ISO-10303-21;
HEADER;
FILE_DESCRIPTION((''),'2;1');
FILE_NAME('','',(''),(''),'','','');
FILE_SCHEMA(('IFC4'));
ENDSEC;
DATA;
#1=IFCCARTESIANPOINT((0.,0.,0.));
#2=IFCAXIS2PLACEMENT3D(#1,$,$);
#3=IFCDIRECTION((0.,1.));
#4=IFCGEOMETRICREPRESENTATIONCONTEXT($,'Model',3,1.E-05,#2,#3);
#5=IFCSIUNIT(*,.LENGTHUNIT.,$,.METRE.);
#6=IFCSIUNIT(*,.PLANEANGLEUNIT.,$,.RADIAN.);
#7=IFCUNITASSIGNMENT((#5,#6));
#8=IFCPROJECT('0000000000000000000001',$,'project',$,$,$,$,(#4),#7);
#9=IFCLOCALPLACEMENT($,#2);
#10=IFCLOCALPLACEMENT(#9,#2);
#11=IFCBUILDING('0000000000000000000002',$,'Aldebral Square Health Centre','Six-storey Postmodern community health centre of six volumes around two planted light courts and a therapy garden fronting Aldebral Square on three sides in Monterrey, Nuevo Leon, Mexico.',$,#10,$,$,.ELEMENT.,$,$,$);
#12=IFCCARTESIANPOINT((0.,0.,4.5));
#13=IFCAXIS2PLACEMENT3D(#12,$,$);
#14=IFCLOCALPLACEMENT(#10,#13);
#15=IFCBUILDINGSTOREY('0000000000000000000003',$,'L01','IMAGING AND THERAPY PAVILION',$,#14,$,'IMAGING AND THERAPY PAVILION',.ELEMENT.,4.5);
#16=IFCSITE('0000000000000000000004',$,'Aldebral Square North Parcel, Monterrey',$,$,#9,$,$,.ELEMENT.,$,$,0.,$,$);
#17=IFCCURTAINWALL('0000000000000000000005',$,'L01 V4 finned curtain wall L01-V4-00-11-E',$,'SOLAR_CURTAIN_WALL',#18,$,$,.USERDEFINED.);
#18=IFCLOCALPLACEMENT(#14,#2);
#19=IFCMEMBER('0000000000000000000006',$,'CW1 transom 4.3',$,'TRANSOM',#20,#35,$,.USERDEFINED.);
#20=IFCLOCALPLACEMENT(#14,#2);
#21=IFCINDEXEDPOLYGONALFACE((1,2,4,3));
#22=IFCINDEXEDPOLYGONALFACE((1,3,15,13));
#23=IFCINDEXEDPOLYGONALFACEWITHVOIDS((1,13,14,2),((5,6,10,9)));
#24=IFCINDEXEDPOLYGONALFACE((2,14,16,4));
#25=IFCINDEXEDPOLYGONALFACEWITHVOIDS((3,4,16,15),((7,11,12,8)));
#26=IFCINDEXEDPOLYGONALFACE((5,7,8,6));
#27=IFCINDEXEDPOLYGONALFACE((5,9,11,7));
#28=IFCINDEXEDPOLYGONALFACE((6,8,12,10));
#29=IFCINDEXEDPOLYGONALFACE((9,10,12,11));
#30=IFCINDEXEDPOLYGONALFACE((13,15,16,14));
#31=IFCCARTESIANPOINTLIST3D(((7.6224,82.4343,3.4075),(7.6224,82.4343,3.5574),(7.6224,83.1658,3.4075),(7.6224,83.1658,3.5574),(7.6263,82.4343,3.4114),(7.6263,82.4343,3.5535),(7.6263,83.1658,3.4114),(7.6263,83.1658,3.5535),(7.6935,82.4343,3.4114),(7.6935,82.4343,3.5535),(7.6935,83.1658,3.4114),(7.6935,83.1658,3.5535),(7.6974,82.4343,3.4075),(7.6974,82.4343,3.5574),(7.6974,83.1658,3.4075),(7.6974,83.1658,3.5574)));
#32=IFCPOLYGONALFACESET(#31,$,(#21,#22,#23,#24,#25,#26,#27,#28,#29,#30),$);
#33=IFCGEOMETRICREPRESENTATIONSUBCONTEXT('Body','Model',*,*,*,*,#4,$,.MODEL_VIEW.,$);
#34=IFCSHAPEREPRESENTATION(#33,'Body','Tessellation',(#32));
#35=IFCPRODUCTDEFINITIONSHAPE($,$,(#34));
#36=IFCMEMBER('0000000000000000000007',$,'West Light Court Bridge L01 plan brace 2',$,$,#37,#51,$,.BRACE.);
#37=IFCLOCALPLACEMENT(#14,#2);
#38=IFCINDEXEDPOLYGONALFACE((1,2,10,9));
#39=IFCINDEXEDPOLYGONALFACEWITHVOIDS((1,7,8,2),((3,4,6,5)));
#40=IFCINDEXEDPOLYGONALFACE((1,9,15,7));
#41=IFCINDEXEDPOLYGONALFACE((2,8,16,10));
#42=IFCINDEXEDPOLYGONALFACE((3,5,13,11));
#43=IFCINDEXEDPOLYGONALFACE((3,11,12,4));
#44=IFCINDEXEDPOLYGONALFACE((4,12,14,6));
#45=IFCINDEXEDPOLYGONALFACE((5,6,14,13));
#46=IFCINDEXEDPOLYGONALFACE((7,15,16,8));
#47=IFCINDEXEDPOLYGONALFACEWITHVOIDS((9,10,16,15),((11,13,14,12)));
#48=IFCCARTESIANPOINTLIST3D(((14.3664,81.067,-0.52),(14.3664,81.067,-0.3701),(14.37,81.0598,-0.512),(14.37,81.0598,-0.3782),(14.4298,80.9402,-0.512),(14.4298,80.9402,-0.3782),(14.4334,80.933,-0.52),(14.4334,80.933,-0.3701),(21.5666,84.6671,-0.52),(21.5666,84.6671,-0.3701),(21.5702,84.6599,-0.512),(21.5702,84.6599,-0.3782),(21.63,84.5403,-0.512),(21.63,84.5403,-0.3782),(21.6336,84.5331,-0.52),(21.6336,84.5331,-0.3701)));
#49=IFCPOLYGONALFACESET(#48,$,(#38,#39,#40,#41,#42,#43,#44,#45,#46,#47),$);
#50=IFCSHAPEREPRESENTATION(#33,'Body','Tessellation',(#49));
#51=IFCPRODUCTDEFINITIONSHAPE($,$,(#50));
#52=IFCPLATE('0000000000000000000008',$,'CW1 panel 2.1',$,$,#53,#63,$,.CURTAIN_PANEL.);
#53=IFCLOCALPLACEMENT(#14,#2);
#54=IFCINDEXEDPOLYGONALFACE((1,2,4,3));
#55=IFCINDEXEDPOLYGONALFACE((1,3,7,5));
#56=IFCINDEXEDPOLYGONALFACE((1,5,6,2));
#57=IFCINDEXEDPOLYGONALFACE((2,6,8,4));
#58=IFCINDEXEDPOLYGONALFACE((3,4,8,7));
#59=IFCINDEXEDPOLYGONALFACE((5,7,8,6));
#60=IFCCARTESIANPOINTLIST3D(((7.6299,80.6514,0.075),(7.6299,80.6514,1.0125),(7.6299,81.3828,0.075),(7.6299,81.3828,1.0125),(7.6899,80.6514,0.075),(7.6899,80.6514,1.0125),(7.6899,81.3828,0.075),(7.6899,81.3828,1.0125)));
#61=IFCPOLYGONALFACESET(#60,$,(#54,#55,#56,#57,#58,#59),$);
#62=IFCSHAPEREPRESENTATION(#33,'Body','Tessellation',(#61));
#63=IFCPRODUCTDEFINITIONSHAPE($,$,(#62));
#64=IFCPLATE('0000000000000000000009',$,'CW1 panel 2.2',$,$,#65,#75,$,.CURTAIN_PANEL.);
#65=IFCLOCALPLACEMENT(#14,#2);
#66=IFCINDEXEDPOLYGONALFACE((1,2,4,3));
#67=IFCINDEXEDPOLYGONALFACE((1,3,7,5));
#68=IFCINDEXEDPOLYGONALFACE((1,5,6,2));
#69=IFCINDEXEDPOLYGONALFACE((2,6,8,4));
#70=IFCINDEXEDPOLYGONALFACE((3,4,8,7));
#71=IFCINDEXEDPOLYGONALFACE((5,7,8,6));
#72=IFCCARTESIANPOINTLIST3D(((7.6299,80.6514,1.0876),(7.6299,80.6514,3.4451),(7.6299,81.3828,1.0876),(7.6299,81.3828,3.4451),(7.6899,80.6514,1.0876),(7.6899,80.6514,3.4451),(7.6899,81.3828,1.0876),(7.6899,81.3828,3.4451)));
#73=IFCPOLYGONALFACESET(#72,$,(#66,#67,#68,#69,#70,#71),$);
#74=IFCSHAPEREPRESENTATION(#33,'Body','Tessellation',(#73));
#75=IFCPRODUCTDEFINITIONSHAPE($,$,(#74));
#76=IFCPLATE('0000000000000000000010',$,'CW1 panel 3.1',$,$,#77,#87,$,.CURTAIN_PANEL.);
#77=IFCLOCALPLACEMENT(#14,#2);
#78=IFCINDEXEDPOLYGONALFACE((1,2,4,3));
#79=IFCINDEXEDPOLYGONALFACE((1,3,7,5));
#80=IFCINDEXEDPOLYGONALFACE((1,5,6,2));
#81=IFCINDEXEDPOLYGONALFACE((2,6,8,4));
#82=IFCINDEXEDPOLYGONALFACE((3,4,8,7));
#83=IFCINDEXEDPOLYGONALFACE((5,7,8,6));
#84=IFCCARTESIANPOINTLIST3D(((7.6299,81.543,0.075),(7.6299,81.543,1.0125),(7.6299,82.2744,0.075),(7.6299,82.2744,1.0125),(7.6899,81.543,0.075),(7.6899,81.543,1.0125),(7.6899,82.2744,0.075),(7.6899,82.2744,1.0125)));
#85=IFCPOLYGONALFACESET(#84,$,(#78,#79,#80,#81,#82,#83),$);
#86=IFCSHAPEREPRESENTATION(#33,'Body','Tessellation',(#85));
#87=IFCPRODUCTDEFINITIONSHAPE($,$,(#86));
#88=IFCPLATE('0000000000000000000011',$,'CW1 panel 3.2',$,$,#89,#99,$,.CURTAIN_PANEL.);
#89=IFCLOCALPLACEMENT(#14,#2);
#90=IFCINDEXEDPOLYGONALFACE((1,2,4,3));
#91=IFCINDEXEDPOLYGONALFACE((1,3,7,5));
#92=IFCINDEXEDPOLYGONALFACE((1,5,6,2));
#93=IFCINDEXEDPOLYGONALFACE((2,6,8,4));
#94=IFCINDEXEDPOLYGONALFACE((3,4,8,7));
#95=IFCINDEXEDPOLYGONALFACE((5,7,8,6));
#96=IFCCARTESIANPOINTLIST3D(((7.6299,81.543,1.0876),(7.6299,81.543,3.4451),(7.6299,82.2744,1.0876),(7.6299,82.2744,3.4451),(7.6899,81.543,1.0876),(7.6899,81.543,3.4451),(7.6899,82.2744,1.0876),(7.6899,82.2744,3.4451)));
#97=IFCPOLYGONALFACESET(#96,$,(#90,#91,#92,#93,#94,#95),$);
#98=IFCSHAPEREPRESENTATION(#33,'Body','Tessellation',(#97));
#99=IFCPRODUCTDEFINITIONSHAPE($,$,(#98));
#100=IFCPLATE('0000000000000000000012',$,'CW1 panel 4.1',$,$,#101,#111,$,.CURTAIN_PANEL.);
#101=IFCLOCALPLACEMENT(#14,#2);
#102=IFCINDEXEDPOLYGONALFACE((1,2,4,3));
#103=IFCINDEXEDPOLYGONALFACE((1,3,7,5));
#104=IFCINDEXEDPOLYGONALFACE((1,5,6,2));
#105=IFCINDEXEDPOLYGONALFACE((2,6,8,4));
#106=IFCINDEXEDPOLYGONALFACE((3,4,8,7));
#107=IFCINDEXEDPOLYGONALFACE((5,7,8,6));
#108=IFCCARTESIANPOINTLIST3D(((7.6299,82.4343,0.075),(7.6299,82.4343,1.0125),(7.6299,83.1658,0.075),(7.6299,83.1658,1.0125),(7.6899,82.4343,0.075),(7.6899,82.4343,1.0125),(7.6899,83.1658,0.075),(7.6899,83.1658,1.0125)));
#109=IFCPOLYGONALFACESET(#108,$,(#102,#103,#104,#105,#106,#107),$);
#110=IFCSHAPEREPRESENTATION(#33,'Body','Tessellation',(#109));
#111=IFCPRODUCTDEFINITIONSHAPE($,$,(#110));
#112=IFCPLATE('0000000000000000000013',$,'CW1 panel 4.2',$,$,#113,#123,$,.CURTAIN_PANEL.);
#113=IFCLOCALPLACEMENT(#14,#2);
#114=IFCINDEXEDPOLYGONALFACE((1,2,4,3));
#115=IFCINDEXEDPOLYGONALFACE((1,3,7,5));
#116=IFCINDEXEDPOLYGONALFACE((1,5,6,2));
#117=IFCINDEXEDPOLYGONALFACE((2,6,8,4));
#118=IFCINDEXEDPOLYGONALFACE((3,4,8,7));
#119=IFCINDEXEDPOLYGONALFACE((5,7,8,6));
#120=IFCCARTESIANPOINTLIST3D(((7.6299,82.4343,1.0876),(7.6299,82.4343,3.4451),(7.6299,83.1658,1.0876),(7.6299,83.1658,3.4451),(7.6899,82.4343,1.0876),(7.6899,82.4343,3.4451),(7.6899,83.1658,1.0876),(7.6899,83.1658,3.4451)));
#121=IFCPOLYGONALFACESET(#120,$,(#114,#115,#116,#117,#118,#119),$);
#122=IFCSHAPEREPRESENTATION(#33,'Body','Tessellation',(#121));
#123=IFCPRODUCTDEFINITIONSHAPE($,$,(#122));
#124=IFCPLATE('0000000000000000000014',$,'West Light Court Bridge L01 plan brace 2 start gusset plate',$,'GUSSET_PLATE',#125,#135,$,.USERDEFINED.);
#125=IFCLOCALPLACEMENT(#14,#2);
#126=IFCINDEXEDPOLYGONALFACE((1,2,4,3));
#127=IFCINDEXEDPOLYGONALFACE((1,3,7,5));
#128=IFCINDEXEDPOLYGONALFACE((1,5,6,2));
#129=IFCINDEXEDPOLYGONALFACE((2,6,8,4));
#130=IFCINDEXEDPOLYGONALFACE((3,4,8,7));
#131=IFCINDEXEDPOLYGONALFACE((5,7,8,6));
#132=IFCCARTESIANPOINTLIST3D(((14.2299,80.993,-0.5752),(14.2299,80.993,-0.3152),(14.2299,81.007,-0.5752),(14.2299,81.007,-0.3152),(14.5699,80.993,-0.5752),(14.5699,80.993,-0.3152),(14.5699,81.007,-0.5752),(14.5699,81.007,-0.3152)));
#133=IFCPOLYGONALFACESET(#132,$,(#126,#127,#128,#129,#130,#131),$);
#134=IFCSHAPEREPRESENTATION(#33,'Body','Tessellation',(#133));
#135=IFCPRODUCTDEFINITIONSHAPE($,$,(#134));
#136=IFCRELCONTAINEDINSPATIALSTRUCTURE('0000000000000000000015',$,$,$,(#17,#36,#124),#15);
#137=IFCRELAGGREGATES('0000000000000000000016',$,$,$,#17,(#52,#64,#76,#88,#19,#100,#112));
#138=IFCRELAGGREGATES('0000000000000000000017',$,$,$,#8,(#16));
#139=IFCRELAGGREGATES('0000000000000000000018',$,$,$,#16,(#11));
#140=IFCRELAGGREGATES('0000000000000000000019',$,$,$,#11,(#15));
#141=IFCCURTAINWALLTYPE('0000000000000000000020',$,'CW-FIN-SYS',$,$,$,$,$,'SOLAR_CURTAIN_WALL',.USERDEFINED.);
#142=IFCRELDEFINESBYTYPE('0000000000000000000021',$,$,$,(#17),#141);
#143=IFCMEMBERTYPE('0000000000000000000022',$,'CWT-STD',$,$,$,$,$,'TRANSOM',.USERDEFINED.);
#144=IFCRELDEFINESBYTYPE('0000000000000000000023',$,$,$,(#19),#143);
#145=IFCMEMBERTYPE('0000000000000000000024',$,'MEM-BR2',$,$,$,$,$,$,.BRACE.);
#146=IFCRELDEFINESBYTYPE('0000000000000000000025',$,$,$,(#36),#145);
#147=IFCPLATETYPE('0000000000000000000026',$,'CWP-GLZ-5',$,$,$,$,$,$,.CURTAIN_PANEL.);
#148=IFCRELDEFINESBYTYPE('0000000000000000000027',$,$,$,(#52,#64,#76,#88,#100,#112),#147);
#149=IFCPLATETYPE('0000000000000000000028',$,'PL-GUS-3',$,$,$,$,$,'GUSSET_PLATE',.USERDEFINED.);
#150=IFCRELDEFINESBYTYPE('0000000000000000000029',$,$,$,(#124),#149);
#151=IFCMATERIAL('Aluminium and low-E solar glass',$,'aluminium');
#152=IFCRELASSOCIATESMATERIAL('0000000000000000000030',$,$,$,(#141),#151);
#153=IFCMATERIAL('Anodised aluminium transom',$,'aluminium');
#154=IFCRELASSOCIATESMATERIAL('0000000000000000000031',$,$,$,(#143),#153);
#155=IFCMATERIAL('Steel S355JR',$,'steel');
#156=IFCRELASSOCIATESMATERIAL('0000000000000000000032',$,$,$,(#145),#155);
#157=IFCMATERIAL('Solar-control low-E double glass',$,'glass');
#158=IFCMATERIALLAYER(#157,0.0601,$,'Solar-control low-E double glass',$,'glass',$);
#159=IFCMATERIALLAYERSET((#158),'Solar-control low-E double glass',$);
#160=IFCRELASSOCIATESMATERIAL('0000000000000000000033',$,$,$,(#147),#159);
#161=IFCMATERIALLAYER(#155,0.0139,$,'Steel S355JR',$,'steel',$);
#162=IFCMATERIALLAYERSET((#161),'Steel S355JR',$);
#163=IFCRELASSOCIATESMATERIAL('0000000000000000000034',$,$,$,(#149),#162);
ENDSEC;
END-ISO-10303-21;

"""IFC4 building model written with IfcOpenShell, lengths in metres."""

from ifc_helpers import new_model, si_unit, direction, frame, origin, origin_2d, place, context, subcontext, project, spatial, rectangle, hollow_rectangle, extrude, material, layer, layer_set, material_profile, profile_set, type_object, element, aggregate, save


model = new_model("IFC4")

# Units and contexts
model_context = context("Model", 3, precision=1e-05, world=origin(), true_north=direction((0.0, 1.0)))
body_context = subcontext(model_context, "Body", "Model", "MODEL_VIEW")
ifc_project = project(units=[si_unit("LENGTHUNIT", "METRE"), si_unit("PLANEANGLEUNIT", "RADIAN")], contexts=[model_context])

# Site, building, storey
site_placement = place(None, origin())
site = spatial("IfcSite", under=ifc_project, at=site_placement, Name="Aldebral Square North Parcel, Monterrey", CompositionType="ELEMENT", RefElevation=0.0)
building_placement = place(site_placement, origin())
building = spatial("IfcBuilding", under=site, at=building_placement, Name="Aldebral Square Health Centre", Description="Six-storey Postmodern community health centre of six volumes around two planted light courts and a therapy garden fronting Aldebral Square on three sides in Monterrey, Nuevo Leon, Mexico.", CompositionType="ELEMENT")
storey_placement = place(building_placement, frame((0.0, 0.0, 4.5)))
storey = spatial("IfcBuildingStorey", under=building, at=storey_placement, Name="L01", Description="IMAGING AND THERAPY PAVILION", LongName="IMAGING AND THERAPY PAVILION", CompositionType="ELEMENT", Elevation=4.5)

# Shared definitions
ifc_material_1 = material(Name="Steel S355JR", Category="steel")

# Curtain wall, member
ifc_material_2 = material(Name="Aluminium and low-E solar glass", Category="aluminium")
curtain_wall_type = type_object("IfcCurtainWallType", Name="CW-FIN-SYS", ElementType="SOLAR_CURTAIN_WALL", PredefinedType="USERDEFINED", material=ifc_material_2)
curtain_wall_placement = place(storey_placement, origin())
curtain_wall = element("IfcCurtainWall", 1, at=curtain_wall_placement, inside=storey, type_object=curtain_wall_type, Name="L01 V4 finned curtain wall L01-V4-00-11-E", ObjectType="SOLAR_CURTAIN_WALL", PredefinedType="USERDEFINED")
ifc_material_3 = material(Name="Anodised aluminium transom", Category="aluminium")
ifc_material_profile_1 = material_profile(ifc_material_3, hollow_rectangle(XDim=0.075, YDim=0.1499, WallThickness=0.0039, at=origin_2d()), Name="CWT 75x150x4")
ifc_profile_set_1 = profile_set([ifc_material_profile_1], Name="Anodised aluminium transom")
member_type_1 = type_object("IfcMemberType", Name="CWT-STD", ElementType="TRANSOM", PredefinedType="USERDEFINED", material=ifc_profile_set_1)
member_1_placement = place(storey_placement, frame((7.6599, 82.4343, 3.4824), z_axis=(0.0, 1.0, 0.0), x_axis=(-1.0, 0.0, 0.0)))
member_1 = element("IfcMember", 2, at=member_1_placement, type_object=member_type_1, Name="CW1 transom 4.3", ObjectType="TRANSOM", PredefinedType="USERDEFINED", context=body_context, shape_type="SweptSolid", body=[
    extrude(hollow_rectangle(XDim=0.075, YDim=0.1499, WallThickness=0.0039, at=origin_2d()), origin(), (0.0, 0.0, 1.0), 0.7314),
])

# Member
ifc_material_profile_2 = material_profile(ifc_material_1, hollow_rectangle(XDim=0.1499, YDim=0.1499, WallThickness=0.0081, at=origin_2d()), Name="150x150x8 SHS")
ifc_profile_set_2 = profile_set([ifc_material_profile_2], Name="Steel S355JR")
member_type_2 = type_object("IfcMemberType", Name="MEM-BR2", PredefinedType="BRACE", material=ifc_profile_set_2)
member_2_placement = place(storey_placement, frame((14.3999, 81.0, -0.4451), z_axis=(0.894427, 0.447214, 0.0), x_axis=(-0.447214, 0.894427, 0.0)))
element("IfcMember", 3, at=member_2_placement, inside=storey, type_object=member_type_2, Name="West Light Court Bridge L01 plan brace 2", PredefinedType="BRACE", context=body_context, shape_type="SweptSolid", body=[
    extrude(hollow_rectangle(XDim=0.1499, YDim=0.1499, WallThickness=0.0081, at=origin_2d()), origin(), (0.0, 0.0, 1.0), 8.05),
])

# Plates
ifc_material_4 = material(Name="Solar-control low-E double glass", Category="glass")
ifc_layer_1 = layer(ifc_material_4, 0.0601, Name="Solar-control low-E double glass", Category="glass")
ifc_layer_set_1 = layer_set([ifc_layer_1], Name="Solar-control low-E double glass")
plate_type_1 = type_object("IfcPlateType", Name="CWP-GLZ-5", PredefinedType="CURTAIN_PANEL", material=ifc_layer_set_1)
plate_1_placement = place(storey_placement, frame((7.6599, 81.0171, 0.075), z_axis=(0.0, 0.0, 1.0), x_axis=(0.0, 1.0, 0.0)))
plate_1 = element("IfcPlate", 4, at=plate_1_placement, type_object=plate_type_1, Name="CW1 panel 2.1", PredefinedType="CURTAIN_PANEL", context=body_context, shape_type="SweptSolid", body=[
    extrude(rectangle(XDim=0.7314, YDim=0.0601, at=origin_2d()), origin(), (0.0, 0.0, 1.0), 0.9375),
])
plate_2_placement = place(storey_placement, frame((7.6599, 81.0171, 1.0876), z_axis=(0.0, 0.0, 1.0), x_axis=(0.0, 1.0, 0.0)))
plate_2 = element("IfcPlate", 5, at=plate_2_placement, type_object=plate_type_1, Name="CW1 panel 2.2", PredefinedType="CURTAIN_PANEL", context=body_context, shape_type="SweptSolid", body=[
    extrude(rectangle(XDim=0.7314, YDim=0.0601, at=origin_2d()), origin(), (0.0, 0.0, 1.0), 2.3574),
])
plate_3_placement = place(storey_placement, frame((7.6599, 81.9087, 0.075), z_axis=(0.0, 0.0, 1.0), x_axis=(0.0, 1.0, 0.0)))
plate_3 = element("IfcPlate", 6, at=plate_3_placement, type_object=plate_type_1, Name="CW1 panel 3.1", PredefinedType="CURTAIN_PANEL", context=body_context, shape_type="SweptSolid", body=[
    extrude(rectangle(XDim=0.7314, YDim=0.0601, at=origin_2d()), origin(), (0.0, 0.0, 1.0), 0.9375),
])
plate_4_placement = place(storey_placement, frame((7.6599, 81.9087, 1.0876), z_axis=(0.0, 0.0, 1.0), x_axis=(0.0, 1.0, 0.0)))
plate_4 = element("IfcPlate", 7, at=plate_4_placement, type_object=plate_type_1, Name="CW1 panel 3.2", PredefinedType="CURTAIN_PANEL", context=body_context, shape_type="SweptSolid", body=[
    extrude(rectangle(XDim=0.7314, YDim=0.0601, at=origin_2d()), origin(), (0.0, 0.0, 1.0), 2.3574),
])
plate_5_placement = place(storey_placement, frame((7.6599, 82.8, 0.075), z_axis=(0.0, 0.0, 1.0), x_axis=(0.0, 1.0, 0.0)))
plate_5 = element("IfcPlate", 8, at=plate_5_placement, type_object=plate_type_1, Name="CW1 panel 4.1", PredefinedType="CURTAIN_PANEL", context=body_context, shape_type="SweptSolid", body=[
    extrude(rectangle(XDim=0.7314, YDim=0.0601, at=origin_2d()), origin(), (0.0, 0.0, 1.0), 0.9375),
])
plate_6_placement = place(storey_placement, frame((7.6599, 82.8, 1.0876), z_axis=(0.0, 0.0, 1.0), x_axis=(0.0, 1.0, 0.0)))
plate_6 = element("IfcPlate", 9, at=plate_6_placement, type_object=plate_type_1, Name="CW1 panel 4.2", PredefinedType="CURTAIN_PANEL", context=body_context, shape_type="SweptSolid", body=[
    extrude(rectangle(XDim=0.7314, YDim=0.0601, at=origin_2d()), origin(), (0.0, 0.0, 1.0), 2.3574),
])
aggregate(curtain_wall, [plate_1, plate_2, plate_3, plate_4, member_1, plate_5, plate_6])
ifc_layer_2 = layer(ifc_material_1, 0.0139, Name="Steel S355JR", Category="steel")
ifc_layer_set_2 = layer_set([ifc_layer_2], Name="Steel S355JR")
plate_type_2 = type_object("IfcPlateType", Name="PL-GUS-3", ElementType="GUSSET_PLATE", PredefinedType="USERDEFINED", material=ifc_layer_set_2)
plate_7_placement = place(storey_placement, frame((14.3999, 81.0, -0.5752), z_axis=(0.0, 0.0, 1.0), x_axis=(1.0, 0.0, 0.0)))
element("IfcPlate", 10, at=plate_7_placement, inside=storey, type_object=plate_type_2, Name="West Light Court Bridge L01 plan brace 2 start gusset plate", ObjectType="GUSSET_PLATE", PredefinedType="USERDEFINED", context=body_context, shape_type="SweptSolid", body=[
    extrude(rectangle(XDim=0.3401, YDim=0.0139, at=origin_2d()), origin(), (0.0, 0.0, 1.0), 0.26),
])

save(model, "model.ifc")
